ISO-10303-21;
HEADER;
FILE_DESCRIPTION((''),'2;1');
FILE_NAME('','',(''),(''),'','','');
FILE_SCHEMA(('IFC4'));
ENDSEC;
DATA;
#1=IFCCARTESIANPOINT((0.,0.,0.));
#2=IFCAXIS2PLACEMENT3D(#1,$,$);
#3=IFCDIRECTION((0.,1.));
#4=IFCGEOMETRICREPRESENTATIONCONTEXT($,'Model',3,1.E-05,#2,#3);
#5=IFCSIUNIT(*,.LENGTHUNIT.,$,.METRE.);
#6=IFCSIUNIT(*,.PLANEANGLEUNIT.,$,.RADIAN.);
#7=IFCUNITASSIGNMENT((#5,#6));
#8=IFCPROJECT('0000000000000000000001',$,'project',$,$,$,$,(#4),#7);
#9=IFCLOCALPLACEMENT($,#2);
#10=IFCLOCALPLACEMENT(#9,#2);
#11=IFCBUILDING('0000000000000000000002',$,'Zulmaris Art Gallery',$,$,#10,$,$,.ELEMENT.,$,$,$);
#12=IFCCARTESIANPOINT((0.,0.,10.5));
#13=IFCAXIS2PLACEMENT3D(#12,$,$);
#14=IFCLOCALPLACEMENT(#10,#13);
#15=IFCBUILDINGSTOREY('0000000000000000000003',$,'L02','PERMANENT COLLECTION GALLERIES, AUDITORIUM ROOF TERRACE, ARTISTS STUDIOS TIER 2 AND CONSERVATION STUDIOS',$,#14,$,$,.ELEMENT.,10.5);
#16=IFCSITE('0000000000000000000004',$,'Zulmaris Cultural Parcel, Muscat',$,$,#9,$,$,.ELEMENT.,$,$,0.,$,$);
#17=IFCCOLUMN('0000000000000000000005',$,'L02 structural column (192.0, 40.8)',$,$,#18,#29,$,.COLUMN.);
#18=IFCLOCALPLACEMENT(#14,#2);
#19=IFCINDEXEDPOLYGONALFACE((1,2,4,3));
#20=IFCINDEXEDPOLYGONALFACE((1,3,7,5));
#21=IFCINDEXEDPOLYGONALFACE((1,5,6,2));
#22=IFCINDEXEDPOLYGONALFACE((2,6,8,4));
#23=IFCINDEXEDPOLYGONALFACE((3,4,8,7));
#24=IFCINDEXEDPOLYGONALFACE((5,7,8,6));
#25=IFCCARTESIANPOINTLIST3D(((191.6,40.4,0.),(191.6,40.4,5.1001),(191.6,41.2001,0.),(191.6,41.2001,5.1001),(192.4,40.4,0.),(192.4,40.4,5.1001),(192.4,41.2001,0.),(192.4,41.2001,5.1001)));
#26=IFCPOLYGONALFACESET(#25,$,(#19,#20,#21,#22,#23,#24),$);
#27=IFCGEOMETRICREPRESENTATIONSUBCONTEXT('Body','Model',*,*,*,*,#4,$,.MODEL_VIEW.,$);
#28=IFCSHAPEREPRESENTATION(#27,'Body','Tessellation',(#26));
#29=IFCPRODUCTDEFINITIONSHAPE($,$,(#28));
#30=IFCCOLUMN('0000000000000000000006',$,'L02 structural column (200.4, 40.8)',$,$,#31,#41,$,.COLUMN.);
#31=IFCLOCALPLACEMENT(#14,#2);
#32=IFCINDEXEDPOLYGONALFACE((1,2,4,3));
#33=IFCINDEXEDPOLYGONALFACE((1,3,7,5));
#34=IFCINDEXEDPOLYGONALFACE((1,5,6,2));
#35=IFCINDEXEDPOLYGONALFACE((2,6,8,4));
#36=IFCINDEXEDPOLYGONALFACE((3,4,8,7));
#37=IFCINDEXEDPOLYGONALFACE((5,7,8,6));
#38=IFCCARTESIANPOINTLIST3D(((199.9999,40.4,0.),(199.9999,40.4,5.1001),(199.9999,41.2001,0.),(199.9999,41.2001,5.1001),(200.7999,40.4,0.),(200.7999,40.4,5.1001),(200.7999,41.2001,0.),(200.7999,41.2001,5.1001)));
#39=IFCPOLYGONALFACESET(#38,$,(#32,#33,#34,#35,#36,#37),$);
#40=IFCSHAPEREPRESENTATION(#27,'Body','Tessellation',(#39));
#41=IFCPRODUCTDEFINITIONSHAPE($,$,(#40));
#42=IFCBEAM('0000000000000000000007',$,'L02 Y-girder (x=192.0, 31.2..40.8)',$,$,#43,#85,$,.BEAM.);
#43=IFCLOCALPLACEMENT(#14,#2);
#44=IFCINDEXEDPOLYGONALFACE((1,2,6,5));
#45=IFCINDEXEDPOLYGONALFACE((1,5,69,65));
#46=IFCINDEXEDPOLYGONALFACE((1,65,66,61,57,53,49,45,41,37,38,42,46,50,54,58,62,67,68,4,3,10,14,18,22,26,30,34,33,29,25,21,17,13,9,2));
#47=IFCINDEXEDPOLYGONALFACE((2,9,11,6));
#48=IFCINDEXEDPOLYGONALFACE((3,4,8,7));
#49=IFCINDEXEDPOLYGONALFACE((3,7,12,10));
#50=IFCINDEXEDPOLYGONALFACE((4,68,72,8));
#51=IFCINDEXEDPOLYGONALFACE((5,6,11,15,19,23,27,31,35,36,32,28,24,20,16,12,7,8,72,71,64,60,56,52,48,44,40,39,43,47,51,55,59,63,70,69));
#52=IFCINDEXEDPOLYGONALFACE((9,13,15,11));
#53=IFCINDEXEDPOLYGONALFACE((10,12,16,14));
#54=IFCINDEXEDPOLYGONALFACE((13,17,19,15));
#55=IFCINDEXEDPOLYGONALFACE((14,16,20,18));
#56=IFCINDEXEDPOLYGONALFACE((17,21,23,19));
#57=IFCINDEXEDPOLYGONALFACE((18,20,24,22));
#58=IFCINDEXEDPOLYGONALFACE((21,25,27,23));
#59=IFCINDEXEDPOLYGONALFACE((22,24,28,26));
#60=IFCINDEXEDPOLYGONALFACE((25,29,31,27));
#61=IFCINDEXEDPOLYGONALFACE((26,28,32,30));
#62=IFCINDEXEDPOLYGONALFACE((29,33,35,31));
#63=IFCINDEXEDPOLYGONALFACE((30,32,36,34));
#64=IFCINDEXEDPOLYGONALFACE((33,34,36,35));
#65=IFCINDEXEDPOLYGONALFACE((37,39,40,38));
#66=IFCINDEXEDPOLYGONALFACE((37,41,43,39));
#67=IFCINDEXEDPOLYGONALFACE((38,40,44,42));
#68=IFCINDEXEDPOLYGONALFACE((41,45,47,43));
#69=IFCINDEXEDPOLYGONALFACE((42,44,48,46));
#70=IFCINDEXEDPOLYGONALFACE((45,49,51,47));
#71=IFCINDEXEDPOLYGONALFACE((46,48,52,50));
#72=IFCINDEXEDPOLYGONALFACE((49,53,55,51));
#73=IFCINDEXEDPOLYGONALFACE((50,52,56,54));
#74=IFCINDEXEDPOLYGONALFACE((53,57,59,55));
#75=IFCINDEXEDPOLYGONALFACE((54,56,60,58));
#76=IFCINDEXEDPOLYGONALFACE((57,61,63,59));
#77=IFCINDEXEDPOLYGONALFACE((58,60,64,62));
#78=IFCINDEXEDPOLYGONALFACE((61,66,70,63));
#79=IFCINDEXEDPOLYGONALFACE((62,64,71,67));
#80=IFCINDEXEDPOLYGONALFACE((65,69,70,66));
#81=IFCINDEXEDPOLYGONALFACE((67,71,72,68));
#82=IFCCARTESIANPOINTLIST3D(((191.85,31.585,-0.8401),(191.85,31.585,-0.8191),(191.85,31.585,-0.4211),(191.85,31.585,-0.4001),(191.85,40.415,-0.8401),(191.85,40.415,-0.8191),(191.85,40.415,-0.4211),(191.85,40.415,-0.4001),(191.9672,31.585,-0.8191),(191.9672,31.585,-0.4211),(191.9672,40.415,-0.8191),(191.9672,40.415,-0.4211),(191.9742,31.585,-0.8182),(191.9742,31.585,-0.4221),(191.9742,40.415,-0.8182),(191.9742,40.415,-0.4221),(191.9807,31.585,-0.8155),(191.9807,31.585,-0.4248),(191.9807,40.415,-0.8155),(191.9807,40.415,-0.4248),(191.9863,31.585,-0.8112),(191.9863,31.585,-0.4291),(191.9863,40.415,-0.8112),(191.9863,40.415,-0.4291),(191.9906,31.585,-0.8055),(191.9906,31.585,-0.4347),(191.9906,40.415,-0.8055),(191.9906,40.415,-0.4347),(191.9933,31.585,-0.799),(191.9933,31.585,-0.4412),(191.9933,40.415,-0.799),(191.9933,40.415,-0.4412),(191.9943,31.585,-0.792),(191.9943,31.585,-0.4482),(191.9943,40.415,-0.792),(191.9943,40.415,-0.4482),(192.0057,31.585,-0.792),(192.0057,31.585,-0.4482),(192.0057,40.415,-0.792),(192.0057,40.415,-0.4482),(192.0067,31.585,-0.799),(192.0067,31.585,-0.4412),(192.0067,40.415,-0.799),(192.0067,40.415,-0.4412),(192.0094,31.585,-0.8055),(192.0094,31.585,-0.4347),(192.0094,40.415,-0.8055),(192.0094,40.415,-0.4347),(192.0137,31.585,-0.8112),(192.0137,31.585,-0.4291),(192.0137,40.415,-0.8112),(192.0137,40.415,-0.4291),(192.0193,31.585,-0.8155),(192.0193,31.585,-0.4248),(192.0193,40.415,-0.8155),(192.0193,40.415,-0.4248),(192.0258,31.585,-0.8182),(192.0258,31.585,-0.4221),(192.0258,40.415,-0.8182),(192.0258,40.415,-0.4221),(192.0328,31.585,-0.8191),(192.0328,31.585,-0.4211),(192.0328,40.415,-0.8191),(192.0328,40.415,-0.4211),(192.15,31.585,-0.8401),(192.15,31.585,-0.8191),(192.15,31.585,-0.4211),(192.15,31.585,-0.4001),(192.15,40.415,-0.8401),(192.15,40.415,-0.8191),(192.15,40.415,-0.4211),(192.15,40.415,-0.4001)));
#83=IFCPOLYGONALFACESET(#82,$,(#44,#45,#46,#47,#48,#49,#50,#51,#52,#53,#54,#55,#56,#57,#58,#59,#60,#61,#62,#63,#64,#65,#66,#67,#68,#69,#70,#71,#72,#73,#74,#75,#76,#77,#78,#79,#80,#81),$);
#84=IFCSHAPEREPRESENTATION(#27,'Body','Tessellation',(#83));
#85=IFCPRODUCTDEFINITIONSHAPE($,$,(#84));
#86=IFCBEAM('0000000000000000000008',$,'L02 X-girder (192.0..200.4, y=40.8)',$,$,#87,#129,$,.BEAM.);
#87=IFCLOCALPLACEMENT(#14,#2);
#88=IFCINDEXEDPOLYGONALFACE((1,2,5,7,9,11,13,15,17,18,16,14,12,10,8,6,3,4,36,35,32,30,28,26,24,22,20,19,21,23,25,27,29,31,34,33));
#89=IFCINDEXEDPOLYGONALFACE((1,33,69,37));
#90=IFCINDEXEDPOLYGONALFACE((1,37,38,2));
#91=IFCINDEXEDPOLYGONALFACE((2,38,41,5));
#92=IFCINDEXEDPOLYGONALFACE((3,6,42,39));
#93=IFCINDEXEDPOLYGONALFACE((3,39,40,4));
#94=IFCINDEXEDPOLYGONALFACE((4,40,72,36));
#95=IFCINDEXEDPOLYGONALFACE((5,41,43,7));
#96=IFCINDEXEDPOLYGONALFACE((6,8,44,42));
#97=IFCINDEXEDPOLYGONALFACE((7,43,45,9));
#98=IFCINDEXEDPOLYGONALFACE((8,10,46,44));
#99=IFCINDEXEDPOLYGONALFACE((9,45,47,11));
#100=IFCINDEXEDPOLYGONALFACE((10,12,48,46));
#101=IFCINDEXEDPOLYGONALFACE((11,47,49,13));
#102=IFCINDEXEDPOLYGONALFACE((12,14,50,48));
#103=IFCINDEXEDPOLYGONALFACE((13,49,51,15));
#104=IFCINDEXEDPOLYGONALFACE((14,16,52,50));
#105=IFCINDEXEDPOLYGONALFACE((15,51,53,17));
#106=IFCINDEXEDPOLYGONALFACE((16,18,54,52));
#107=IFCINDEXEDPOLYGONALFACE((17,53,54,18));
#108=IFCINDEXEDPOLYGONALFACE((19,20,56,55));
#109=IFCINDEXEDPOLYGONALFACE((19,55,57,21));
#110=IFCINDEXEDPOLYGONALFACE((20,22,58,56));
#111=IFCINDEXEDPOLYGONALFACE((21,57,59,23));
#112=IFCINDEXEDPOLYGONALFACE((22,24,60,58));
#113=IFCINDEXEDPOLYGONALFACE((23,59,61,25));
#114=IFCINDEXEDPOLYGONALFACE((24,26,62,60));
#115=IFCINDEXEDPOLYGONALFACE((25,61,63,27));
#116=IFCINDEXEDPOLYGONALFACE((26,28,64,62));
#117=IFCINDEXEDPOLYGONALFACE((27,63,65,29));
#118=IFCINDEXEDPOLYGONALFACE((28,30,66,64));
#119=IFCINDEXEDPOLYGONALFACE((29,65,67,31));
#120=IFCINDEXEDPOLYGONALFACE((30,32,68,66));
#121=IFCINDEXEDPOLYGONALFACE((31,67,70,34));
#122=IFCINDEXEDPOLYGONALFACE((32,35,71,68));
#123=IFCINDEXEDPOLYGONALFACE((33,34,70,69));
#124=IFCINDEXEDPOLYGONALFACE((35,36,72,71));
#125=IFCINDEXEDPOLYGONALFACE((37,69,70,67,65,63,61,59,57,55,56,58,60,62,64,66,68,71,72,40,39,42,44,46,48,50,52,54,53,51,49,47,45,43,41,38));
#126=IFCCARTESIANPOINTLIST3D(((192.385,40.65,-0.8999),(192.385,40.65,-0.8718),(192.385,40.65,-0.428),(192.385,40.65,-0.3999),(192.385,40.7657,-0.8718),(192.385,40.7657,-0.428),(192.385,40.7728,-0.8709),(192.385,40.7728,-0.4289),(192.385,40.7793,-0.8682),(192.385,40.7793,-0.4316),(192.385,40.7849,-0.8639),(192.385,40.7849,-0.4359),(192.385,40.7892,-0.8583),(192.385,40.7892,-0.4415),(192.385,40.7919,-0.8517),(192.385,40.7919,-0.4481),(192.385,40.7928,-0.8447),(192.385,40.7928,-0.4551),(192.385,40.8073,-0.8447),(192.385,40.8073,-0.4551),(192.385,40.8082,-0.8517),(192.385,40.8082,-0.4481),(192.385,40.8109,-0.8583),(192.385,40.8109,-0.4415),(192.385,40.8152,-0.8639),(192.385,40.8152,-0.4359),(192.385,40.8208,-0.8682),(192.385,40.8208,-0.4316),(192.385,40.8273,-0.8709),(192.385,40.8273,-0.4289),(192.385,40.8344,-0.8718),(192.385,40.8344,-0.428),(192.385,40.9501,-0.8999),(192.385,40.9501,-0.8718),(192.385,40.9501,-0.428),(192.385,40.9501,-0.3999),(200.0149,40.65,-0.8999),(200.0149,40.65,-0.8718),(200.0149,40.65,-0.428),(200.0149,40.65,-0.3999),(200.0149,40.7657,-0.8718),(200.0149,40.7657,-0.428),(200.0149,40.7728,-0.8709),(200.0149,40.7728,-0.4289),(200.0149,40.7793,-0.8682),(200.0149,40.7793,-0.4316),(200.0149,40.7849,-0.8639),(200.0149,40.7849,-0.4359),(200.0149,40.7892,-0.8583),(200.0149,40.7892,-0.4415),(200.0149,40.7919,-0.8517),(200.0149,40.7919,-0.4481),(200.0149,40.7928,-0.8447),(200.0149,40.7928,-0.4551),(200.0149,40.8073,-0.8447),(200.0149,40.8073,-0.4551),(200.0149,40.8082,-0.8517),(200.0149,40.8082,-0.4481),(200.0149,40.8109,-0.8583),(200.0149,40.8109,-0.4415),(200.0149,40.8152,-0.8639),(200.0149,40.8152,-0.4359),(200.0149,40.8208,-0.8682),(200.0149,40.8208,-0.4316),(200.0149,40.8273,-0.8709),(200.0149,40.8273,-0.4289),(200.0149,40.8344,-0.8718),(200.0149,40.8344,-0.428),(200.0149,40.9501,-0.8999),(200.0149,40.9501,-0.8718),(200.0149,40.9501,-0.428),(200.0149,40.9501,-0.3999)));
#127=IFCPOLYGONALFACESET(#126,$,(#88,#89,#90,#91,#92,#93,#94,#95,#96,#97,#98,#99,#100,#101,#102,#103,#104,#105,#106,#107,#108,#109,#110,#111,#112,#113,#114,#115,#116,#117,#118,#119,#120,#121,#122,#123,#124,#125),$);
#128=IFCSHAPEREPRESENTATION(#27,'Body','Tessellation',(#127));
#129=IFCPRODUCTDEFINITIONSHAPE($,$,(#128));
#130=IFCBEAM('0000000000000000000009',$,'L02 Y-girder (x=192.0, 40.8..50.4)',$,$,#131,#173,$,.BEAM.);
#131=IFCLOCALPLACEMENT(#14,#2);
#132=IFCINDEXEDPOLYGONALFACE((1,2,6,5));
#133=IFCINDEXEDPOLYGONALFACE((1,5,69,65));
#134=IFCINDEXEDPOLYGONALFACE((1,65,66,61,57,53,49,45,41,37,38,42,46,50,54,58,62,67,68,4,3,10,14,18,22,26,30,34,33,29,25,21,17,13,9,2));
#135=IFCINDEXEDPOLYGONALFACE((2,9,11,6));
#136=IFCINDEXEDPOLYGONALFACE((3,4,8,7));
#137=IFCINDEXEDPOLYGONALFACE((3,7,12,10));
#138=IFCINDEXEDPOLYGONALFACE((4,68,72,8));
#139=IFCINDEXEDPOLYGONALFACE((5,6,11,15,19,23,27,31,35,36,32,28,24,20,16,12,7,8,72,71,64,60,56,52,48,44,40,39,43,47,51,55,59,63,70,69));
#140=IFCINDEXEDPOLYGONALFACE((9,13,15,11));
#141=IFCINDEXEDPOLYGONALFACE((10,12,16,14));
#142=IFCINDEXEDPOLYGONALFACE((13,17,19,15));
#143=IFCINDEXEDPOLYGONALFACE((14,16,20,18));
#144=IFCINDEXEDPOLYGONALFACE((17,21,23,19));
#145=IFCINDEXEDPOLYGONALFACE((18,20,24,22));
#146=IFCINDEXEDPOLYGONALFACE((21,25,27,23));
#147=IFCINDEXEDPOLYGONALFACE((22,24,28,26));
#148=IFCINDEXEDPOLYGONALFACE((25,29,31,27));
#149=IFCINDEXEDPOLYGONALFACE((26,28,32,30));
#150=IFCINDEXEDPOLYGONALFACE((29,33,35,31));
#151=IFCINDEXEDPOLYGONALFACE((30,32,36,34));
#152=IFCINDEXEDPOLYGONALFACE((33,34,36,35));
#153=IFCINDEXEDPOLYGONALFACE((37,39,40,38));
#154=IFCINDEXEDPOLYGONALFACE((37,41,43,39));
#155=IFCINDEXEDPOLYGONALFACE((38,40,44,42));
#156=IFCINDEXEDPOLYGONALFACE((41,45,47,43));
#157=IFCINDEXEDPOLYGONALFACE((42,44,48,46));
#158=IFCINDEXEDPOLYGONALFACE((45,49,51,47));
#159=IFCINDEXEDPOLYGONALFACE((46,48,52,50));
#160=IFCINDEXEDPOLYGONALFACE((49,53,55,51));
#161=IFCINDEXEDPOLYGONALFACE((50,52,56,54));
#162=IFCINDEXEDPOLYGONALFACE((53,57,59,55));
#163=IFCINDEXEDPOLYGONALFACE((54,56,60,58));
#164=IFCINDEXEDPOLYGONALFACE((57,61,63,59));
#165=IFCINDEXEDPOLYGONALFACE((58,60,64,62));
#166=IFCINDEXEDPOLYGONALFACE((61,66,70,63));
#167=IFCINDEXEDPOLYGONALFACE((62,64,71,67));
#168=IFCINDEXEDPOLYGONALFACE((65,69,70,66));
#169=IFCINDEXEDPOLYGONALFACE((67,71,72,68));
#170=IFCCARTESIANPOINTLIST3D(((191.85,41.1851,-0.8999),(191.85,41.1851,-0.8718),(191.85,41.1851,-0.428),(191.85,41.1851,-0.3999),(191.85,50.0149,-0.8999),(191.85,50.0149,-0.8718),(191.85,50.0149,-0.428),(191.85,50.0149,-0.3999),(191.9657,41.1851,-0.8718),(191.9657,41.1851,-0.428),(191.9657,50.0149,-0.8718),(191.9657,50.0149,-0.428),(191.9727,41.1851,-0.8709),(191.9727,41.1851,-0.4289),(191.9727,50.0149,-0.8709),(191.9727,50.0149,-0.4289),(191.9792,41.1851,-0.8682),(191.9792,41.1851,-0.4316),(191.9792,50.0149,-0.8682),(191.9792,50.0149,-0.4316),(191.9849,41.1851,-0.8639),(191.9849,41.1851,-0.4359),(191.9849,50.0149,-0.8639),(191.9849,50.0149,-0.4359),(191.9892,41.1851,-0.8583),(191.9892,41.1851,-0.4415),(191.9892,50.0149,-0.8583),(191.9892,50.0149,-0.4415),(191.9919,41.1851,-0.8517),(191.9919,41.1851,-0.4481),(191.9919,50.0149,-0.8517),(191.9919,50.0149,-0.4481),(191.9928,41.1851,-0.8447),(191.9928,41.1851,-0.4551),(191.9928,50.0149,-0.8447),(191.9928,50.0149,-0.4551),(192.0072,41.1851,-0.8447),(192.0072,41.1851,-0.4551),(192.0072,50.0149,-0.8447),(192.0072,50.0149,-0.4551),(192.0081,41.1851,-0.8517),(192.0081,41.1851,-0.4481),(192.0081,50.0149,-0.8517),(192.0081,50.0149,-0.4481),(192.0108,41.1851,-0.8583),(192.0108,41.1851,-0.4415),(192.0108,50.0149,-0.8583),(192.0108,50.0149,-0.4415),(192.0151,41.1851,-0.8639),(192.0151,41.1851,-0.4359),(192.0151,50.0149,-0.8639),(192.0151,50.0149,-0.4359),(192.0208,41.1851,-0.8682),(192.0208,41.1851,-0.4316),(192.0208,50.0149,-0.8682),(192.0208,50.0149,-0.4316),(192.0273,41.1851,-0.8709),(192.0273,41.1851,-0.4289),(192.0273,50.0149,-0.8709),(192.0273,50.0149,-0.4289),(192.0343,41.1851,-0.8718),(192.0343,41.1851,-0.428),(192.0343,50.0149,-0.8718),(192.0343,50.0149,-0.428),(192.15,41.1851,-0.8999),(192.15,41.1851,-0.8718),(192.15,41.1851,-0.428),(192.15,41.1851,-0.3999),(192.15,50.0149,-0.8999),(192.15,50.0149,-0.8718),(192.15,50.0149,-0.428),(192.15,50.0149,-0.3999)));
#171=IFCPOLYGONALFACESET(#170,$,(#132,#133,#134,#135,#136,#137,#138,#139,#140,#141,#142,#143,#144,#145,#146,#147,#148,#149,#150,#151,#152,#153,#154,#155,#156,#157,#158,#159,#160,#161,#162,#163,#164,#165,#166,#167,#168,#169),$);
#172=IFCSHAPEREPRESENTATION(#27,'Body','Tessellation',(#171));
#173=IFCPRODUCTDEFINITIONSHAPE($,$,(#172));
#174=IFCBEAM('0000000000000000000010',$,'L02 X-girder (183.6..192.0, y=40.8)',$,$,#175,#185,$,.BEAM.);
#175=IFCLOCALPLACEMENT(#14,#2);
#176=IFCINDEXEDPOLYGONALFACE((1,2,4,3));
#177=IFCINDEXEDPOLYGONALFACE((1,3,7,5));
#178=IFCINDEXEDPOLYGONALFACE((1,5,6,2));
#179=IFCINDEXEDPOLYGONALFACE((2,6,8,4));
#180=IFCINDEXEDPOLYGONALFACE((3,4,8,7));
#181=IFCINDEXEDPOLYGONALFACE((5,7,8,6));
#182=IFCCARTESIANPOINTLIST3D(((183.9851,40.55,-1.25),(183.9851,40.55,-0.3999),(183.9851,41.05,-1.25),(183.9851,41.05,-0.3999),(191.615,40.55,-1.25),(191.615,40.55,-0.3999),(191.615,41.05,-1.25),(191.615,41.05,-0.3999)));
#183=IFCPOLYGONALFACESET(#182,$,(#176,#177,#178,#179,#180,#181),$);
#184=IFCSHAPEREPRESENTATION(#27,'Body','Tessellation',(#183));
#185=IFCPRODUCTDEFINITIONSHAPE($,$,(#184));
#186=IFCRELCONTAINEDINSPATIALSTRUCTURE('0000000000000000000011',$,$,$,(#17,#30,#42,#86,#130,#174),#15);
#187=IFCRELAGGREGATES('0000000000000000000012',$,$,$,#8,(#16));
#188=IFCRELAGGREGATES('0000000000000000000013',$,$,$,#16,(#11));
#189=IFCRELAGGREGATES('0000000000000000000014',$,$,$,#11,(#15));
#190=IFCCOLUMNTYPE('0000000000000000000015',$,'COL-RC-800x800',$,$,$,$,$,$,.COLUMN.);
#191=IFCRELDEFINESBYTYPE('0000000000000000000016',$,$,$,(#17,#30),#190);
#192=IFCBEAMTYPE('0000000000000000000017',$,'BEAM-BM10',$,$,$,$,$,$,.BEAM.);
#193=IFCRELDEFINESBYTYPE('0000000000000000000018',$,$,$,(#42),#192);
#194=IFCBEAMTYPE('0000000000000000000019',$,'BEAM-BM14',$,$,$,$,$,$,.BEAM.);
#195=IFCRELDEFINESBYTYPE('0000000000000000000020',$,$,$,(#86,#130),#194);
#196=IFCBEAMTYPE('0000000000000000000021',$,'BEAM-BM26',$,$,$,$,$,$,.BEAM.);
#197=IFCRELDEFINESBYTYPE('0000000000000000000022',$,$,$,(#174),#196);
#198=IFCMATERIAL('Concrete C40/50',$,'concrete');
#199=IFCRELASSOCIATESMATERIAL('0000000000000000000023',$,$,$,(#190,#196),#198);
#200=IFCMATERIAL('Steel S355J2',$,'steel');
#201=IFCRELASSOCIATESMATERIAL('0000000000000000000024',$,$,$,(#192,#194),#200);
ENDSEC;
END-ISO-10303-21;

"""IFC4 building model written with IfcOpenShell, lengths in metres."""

from ifc_helpers import new_model, si_unit, direction, frame, origin, origin_2d, place, context, subcontext, project, spatial, rectangle, i_section, extrude, material, material_profile, profile_set, type_object, element, save


model = new_model("IFC4")

# Units and contexts
model_context = context("Model", 3, precision=1e-05, world=origin(), true_north=direction((0.0, 1.0)))
body_context = subcontext(model_context, "Body", "Model", "MODEL_VIEW")
ifc_project = project(units=[si_unit("LENGTHUNIT", "METRE"), si_unit("PLANEANGLEUNIT", "RADIAN")], contexts=[model_context])

# Site, building, storey
site_placement = place(None, origin())
site = spatial("IfcSite", under=ifc_project, at=site_placement, Name="Zulmaris Cultural Parcel, Muscat", CompositionType="ELEMENT", RefElevation=0.0)
building_placement = place(site_placement, origin())
building = spatial("IfcBuilding", under=site, at=building_placement, Name="Zulmaris Art Gallery", CompositionType="ELEMENT")
storey_placement = place(building_placement, frame((0.0, 0.0, 10.5)))
storey = spatial("IfcBuildingStorey", under=building, at=storey_placement, Name="L02", Description="PERMANENT COLLECTION GALLERIES, AUDITORIUM ROOF TERRACE, ARTISTS STUDIOS TIER 2 AND CONSERVATION STUDIOS", CompositionType="ELEMENT", Elevation=10.5)

# Columns
ifc_material_1 = material(Name="Concrete C40/50", Category="concrete")
ifc_material_profile_1 = material_profile(ifc_material_1, rectangle(XDim=0.8, YDim=0.8, at=origin_2d()), Name="RC 800x800")
ifc_profile_set_1 = profile_set([ifc_material_profile_1], Name="Concrete C40/50")
column_type = type_object("IfcColumnType", Name="COL-RC-800x800", PredefinedType="COLUMN", material=ifc_profile_set_1)
for number, where, z_axis, x_axis, name in (
    (1, (192.0, 40.8, 0.0), (0.0, 0.0, 1.0), (1.0, 0.0, 0.0), "L02 structural column (192.0, 40.8)"),
    (2, (200.3999, 40.8, 0.0), (0.0, 0.0, 1.0), (1.0, 0.0, 0.0), "L02 structural column (200.4, 40.8)"),
):
    element("IfcColumn", number, at=place(storey_placement, frame(where, z_axis=z_axis, x_axis=x_axis)), inside=storey, type_object=column_type, Name=name, PredefinedType="COLUMN", context=body_context, shape_type="SweptSolid", body=[
        extrude(rectangle(XDim=0.8, YDim=0.8, at=origin_2d()), origin(), (0.0, 0.0, 1.0), 5.1001),
    ])

# Beams
ifc_material_2 = material(Name="Steel S355J2", Category="steel")
ifc_material_profile_2 = material_profile(ifc_material_2, i_section(OverallWidth=0.3, OverallDepth=0.4399, WebThickness=0.0115, FlangeThickness=0.021, FilletRadius=0.0271, at=origin_2d()), Name="HEA 450")
ifc_profile_set_2 = profile_set([ifc_material_profile_2], Name="Steel S355J2")
beam_type_1 = type_object("IfcBeamType", Name="BEAM-BM10", PredefinedType="BEAM", material=ifc_profile_set_2)
beam_1_placement = place(storey_placement, frame((192.0, 31.585, -0.6201), z_axis=(0.0, 1.0, 0.0), x_axis=(-1.0, 0.0, 0.0)))
element("IfcBeam", 3, at=beam_1_placement, inside=storey, type_object=beam_type_1, Name="L02 Y-girder (x=192.0, 31.2..40.8)", PredefinedType="BEAM", context=body_context, shape_type="SweptSolid", body=[
    extrude(i_section(OverallWidth=0.3, OverallDepth=0.4399, WebThickness=0.0115, FlangeThickness=0.021, FilletRadius=0.0271, at=origin_2d()), origin(), (0.0, 0.0, 1.0), 8.8301),
])
ifc_material_profile_3 = material_profile(ifc_material_2, i_section(OverallWidth=0.3, OverallDepth=0.5, WebThickness=0.0144, FlangeThickness=0.0281, FilletRadius=0.0271, at=origin_2d()), Name="HEB 500")
ifc_profile_set_3 = profile_set([ifc_material_profile_3], Name="Steel S355J2")
beam_type_2 = type_object("IfcBeamType", Name="BEAM-BM14", PredefinedType="BEAM", material=ifc_profile_set_3)
beam_2_placement = place(storey_placement, frame((192.385, 40.8, -0.6499), z_axis=(1.0, 0.0, 0.0), x_axis=(0.0, 1.0, 0.0)))
element("IfcBeam", 4, at=beam_2_placement, inside=storey, type_object=beam_type_2, Name="L02 X-girder (192.0..200.4, y=40.8)", PredefinedType="BEAM", context=body_context, shape_type="SweptSolid", body=[
    extrude(i_section(OverallWidth=0.3, OverallDepth=0.5, WebThickness=0.0144, FlangeThickness=0.0281, FilletRadius=0.0271, at=origin_2d()), origin(), (0.0, 0.0, 1.0), 7.6299),
])
beam_3_placement = place(storey_placement, frame((192.0, 41.1851, -0.6499), z_axis=(0.0, 1.0, 0.0), x_axis=(-1.0, 0.0, 0.0)))
element("IfcBeam", 5, at=beam_3_placement, inside=storey, type_object=beam_type_2, Name="L02 Y-girder (x=192.0, 40.8..50.4)", PredefinedType="BEAM", context=body_context, shape_type="SweptSolid", body=[
    extrude(i_section(OverallWidth=0.3, OverallDepth=0.5, WebThickness=0.0144, FlangeThickness=0.0281, FilletRadius=0.0271, at=origin_2d()), origin(), (0.0, 0.0, 1.0), 8.8298),
])
ifc_material_profile_4 = material_profile(ifc_material_1, rectangle(XDim=0.5, YDim=0.8501, at=origin_2d()), Name="RC 500x850")
ifc_profile_set_4 = profile_set([ifc_material_profile_4], Name="Concrete C40/50")
beam_type_3 = type_object("IfcBeamType", Name="BEAM-BM26", PredefinedType="BEAM", material=ifc_profile_set_4)
beam_4_placement = place(storey_placement, frame((183.9851, 40.8, -0.825), z_axis=(1.0, 0.0, 0.0), x_axis=(0.0, 1.0, 0.0)))
element("IfcBeam", 6, at=beam_4_placement, inside=storey, type_object=beam_type_3, Name="L02 X-girder (183.6..192.0, y=40.8)", PredefinedType="BEAM", context=body_context, shape_type="SweptSolid", body=[
    extrude(rectangle(XDim=0.5, YDim=0.8501, at=origin_2d()), origin(), (0.0, 0.0, 1.0), 7.6299),
])

save(model, "model.ifc")
